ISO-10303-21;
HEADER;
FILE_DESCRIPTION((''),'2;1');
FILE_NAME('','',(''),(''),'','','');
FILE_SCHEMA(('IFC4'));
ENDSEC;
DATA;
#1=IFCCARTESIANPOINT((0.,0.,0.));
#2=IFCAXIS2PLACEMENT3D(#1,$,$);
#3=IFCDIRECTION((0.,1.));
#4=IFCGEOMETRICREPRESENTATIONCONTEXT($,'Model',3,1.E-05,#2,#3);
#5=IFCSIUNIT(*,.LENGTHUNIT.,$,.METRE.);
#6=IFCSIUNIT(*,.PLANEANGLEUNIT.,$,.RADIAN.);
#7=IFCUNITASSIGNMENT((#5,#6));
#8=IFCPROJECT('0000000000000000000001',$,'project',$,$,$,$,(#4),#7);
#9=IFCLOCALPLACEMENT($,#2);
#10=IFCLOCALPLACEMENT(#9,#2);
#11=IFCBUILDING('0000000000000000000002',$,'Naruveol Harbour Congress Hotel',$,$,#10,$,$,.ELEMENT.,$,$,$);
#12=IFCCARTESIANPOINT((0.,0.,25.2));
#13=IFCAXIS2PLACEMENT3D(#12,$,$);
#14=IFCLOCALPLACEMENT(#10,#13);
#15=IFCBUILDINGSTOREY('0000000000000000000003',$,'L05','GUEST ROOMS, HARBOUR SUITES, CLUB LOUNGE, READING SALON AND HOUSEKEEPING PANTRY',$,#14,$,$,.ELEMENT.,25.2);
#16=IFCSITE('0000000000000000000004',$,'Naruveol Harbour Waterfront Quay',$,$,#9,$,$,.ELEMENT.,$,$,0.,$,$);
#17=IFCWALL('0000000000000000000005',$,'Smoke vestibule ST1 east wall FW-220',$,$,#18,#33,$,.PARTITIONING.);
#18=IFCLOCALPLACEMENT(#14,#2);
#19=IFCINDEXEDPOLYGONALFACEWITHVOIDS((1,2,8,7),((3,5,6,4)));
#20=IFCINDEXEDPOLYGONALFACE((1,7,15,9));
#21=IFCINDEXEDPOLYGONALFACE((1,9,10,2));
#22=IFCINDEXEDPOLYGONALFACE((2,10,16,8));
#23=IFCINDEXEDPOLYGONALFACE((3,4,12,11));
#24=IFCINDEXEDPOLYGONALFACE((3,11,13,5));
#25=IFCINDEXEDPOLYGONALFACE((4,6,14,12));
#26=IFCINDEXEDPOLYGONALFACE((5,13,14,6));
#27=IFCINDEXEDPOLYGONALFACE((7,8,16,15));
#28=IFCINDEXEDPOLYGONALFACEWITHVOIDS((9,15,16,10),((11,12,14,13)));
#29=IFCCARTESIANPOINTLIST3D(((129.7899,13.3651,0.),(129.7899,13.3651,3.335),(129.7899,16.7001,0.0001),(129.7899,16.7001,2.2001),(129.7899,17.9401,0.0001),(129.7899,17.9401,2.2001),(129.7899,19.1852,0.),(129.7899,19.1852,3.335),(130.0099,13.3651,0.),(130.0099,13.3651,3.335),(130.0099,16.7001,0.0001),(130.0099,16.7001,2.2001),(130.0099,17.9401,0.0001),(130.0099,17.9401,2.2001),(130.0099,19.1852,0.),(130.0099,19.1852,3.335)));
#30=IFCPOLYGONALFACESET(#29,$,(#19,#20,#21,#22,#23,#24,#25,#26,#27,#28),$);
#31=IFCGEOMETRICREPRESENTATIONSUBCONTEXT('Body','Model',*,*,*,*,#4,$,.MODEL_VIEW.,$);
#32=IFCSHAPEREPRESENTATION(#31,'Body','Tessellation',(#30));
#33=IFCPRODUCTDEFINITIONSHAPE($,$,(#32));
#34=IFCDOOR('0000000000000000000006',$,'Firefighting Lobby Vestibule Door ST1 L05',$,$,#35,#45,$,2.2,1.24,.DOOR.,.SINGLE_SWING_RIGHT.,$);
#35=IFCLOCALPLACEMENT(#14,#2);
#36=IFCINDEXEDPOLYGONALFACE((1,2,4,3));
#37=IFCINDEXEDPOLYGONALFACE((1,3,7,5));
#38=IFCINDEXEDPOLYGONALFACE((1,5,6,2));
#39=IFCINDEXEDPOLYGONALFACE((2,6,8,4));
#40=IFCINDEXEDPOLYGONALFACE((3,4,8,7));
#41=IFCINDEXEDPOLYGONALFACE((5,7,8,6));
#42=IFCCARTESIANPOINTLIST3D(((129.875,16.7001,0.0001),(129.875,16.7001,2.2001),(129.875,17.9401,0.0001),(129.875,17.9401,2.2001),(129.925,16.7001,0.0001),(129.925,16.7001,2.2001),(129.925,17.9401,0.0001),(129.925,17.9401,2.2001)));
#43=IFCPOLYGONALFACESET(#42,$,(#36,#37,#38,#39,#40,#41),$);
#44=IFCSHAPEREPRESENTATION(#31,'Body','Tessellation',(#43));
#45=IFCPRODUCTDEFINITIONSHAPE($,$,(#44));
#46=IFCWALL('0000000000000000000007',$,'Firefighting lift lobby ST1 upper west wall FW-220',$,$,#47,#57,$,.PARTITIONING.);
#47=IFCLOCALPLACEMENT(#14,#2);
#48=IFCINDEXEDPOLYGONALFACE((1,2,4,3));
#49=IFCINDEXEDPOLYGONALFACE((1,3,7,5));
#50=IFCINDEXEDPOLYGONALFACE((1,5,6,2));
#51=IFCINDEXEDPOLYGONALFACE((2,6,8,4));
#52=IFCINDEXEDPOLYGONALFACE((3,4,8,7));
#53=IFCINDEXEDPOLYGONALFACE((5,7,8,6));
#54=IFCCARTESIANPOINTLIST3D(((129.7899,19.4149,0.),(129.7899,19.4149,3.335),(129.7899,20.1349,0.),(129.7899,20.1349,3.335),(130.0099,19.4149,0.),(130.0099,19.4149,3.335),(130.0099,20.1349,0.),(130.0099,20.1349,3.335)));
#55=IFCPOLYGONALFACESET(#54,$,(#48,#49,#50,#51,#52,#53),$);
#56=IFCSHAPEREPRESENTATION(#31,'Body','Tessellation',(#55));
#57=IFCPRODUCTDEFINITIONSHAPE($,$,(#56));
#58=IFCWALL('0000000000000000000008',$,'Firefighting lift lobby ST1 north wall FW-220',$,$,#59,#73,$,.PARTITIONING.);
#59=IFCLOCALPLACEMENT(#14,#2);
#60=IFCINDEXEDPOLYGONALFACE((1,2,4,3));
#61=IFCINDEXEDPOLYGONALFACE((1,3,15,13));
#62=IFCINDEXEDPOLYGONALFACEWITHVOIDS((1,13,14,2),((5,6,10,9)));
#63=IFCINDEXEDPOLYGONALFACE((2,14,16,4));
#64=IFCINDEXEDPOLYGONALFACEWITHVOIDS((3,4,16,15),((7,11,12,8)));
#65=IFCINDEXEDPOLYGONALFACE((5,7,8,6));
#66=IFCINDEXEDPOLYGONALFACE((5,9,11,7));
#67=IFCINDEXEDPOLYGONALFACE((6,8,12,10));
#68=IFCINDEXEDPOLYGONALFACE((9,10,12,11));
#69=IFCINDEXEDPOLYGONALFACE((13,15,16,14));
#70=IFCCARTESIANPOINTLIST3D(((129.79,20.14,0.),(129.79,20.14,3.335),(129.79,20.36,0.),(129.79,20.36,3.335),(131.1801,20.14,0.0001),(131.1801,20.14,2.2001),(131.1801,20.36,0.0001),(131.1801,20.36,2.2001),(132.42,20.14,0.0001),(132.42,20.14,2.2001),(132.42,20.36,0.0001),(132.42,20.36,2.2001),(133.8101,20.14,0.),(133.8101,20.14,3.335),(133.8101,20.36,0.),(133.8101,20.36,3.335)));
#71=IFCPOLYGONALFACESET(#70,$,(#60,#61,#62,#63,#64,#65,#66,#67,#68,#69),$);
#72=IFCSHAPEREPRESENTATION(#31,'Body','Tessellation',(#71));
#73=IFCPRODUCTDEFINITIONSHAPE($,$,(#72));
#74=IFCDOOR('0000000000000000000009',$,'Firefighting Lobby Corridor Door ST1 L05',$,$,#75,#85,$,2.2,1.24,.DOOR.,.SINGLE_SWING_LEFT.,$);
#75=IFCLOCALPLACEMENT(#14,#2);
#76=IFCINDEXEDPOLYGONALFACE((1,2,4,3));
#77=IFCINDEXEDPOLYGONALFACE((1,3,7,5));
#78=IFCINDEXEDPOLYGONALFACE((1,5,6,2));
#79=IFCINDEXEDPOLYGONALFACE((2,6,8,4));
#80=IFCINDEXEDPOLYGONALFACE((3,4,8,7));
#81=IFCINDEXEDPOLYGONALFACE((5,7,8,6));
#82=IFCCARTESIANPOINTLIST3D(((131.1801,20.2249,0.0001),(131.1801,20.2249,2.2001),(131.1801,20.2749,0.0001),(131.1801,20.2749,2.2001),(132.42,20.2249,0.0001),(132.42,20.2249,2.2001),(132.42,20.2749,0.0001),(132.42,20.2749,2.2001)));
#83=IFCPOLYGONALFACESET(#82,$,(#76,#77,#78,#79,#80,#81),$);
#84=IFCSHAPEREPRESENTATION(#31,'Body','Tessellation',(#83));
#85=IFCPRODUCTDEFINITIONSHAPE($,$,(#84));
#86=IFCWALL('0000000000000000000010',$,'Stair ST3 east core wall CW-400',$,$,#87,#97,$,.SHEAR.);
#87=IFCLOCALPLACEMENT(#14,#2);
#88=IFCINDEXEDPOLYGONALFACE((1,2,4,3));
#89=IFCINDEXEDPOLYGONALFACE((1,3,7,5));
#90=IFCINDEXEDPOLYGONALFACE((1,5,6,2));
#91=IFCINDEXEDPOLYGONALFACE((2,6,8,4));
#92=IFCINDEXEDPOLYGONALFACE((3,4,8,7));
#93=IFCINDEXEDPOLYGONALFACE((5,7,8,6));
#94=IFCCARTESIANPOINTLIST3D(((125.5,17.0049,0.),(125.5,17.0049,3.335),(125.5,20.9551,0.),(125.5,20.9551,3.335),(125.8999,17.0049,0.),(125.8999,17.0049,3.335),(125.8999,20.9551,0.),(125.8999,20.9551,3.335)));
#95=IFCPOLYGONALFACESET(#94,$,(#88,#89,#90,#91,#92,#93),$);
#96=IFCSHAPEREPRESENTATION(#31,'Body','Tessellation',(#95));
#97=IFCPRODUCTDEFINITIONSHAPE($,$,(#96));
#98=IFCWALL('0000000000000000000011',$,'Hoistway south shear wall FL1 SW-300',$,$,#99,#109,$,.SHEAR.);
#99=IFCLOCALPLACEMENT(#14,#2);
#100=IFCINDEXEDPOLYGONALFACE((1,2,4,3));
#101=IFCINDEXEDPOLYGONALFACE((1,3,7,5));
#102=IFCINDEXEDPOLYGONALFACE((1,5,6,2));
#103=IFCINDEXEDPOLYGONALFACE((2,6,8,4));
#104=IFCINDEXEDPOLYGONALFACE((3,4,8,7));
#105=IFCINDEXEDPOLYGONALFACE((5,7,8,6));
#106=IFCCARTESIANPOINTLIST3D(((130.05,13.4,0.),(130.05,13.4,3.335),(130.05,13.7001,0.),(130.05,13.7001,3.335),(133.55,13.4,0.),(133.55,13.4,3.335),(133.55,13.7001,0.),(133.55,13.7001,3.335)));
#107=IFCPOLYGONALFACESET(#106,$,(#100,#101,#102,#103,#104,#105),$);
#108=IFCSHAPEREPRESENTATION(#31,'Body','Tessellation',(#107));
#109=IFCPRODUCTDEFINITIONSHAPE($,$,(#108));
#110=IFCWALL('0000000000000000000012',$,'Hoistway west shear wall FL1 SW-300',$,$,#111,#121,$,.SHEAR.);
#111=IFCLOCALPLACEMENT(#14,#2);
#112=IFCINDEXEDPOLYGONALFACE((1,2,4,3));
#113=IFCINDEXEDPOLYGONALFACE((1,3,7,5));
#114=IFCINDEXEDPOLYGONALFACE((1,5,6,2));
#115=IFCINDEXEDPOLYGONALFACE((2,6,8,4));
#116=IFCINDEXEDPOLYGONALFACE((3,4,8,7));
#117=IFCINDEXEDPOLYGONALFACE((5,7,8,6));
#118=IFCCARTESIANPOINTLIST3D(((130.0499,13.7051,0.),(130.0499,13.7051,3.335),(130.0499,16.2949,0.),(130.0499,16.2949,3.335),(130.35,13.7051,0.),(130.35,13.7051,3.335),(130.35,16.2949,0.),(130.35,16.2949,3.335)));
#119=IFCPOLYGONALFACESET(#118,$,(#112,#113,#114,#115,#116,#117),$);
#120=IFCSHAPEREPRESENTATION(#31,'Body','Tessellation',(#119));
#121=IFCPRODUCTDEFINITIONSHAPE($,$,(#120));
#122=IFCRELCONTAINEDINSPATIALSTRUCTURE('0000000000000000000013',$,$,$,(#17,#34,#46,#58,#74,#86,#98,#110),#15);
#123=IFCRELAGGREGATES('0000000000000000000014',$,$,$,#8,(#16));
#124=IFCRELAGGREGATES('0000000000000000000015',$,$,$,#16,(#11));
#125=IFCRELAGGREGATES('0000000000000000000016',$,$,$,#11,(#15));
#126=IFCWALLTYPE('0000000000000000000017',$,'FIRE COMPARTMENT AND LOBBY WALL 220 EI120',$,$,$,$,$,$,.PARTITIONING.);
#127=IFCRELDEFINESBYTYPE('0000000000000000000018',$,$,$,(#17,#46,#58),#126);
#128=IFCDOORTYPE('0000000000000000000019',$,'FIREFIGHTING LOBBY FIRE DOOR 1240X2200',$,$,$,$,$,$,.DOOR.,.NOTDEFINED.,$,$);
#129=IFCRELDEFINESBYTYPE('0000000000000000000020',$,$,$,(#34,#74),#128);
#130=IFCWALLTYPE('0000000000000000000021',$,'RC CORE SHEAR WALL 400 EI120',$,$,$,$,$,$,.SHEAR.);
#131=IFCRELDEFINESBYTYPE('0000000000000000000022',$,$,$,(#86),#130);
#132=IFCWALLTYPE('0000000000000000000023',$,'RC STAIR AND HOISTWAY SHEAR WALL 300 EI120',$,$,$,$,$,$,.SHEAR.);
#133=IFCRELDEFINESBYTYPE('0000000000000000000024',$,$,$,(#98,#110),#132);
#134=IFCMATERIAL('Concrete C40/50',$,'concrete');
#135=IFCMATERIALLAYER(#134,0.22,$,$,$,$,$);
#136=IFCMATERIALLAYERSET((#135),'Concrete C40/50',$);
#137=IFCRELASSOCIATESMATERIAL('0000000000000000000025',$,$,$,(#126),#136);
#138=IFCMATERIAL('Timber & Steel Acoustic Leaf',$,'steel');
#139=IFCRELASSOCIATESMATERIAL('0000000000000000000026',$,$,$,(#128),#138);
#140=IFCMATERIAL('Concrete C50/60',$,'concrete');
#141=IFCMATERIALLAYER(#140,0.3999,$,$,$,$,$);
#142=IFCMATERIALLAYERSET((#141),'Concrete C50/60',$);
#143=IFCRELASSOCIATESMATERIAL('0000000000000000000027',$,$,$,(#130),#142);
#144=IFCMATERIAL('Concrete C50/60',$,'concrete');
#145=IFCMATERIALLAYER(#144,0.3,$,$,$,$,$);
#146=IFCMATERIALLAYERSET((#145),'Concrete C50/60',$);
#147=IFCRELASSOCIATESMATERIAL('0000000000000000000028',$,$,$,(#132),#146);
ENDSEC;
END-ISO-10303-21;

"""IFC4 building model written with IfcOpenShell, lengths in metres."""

from ifc_helpers import new_model, si_unit, direction, frame, frame_2d, origin, place, context, subcontext, project, spatial, rectangle, extrude, material, layer, layer_set, type_object, element, fill, save


model = new_model("IFC4")

# Units and contexts
model_context = context("Model", 3, precision=1e-05, world=origin(), true_north=direction((0.0, 1.0)))
body_context = subcontext(model_context, "Body", "Model", "MODEL_VIEW")
ifc_project = project(units=[si_unit("LENGTHUNIT", "METRE"), si_unit("PLANEANGLEUNIT", "RADIAN")], contexts=[model_context])

# Site, building, storey
site_placement = place(None, origin())
site = spatial("IfcSite", under=ifc_project, at=site_placement, Name="Naruveol Harbour Waterfront Quay", CompositionType="ELEMENT", RefElevation=0.0)
building_placement = place(site_placement, origin())
building = spatial("IfcBuilding", under=site, at=building_placement, Name="Naruveol Harbour Congress Hotel", CompositionType="ELEMENT")
storey_placement = place(building_placement, frame((0.0, 0.0, 25.2)))
storey = spatial("IfcBuildingStorey", under=building, at=storey_placement, Name="L05", Description="GUEST ROOMS, HARBOUR SUITES, CLUB LOUNGE, READING SALON AND HOUSEKEEPING PANTRY", CompositionType="ELEMENT", Elevation=25.2)

# Wall, opening, door
ifc_material_1 = material(Name="Concrete C40/50", Category="concrete")
ifc_layer_1 = layer(ifc_material_1, 0.22)
ifc_layer_set_1 = layer_set([ifc_layer_1], Name="Concrete C40/50")
wall_type_1 = type_object("IfcWallType", Name="FIRE COMPARTMENT AND LOBBY WALL 220 EI120", PredefinedType="PARTITIONING", material=ifc_layer_set_1)
wall_1_placement = place(storey_placement, frame((129.8999, 13.365, 0.0), z_axis=(0.0, 0.0, 1.0), x_axis=(0.0, 1.0, 0.0)))
wall_1 = element("IfcWall", 1, at=wall_1_placement, inside=storey, type_object=wall_type_1, Name="Smoke vestibule ST1 east wall FW-220", PredefinedType="PARTITIONING", context=body_context, shape_type="SweptSolid", body=[
    extrude(rectangle(XDim=5.8201, YDim=0.22, at=frame_2d((2.9102, 0.0))), origin(), (0.0, 0.0, 1.0), 3.335),
])
opening_1_placement = place(wall_1_placement, frame((3.335, 0.0, 0.0)))
opening_1 = element("IfcOpeningElement", 2, at=opening_1_placement, cuts=wall_1, PredefinedType="OPENING", context=body_context, shape_type="SweptSolid", body=[
    extrude(rectangle(XDim=1.24, YDim=2.2, at=frame_2d((0.6201, 1.1001))), frame((0.0, 0.1199, 0.0), z_axis=(0.0, -1.0, 0.0), x_axis=(1.0, 0.0, 0.0)), (0.0, 0.0, 1.0), 0.24),
])
ifc_material_2 = material(Name="Timber & Steel Acoustic Leaf", Category="steel")
door_type_1 = type_object("IfcDoorType", Name="FIREFIGHTING LOBBY FIRE DOOR 1240X2200", OperationType="NOTDEFINED", PredefinedType="DOOR", material=ifc_material_2)
door_1_placement = place(opening_1_placement, origin())
door_1 = element("IfcDoor", 3, at=door_1_placement, inside=storey, type_object=door_type_1, Name="Firefighting Lobby Vestibule Door ST1 L05", OperationType="SINGLE_SWING_RIGHT", OverallHeight=2.2, OverallWidth=1.24, PredefinedType="DOOR", context=body_context, shape_type="SweptSolid", body=[
    extrude(rectangle(XDim=1.24, YDim=2.2, at=frame_2d((0.6201, 1.1001))), frame((0.0, 0.0249, 0.0), z_axis=(0.0, -1.0, 0.0), x_axis=(1.0, 0.0, 0.0)), (0.0, 0.0, 1.0), 0.05),
])
fill(opening_1, door_1)

# Wall
wall_2_placement = place(storey_placement, frame((129.8999, 19.415, 0.0), z_axis=(0.0, 0.0, 1.0), x_axis=(0.0, 1.0, 0.0)))
element("IfcWall", 4, at=wall_2_placement, inside=storey, type_object=wall_type_1, Name="Firefighting lift lobby ST1 upper west wall FW-220", PredefinedType="PARTITIONING", context=body_context, shape_type="SweptSolid", body=[
    extrude(rectangle(XDim=0.72, YDim=0.22, at=frame_2d((0.3599, 0.0))), origin(), (0.0, 0.0, 1.0), 3.335),
])

# Wall, opening, door
wall_3_placement = place(storey_placement, frame((129.79, 20.25, 0.0), z_axis=(0.0, 0.0, 1.0), x_axis=(1.0, 0.0, 0.0)))
wall_3 = element("IfcWall", 5, at=wall_3_placement, inside=storey, type_object=wall_type_1, Name="Firefighting lift lobby ST1 north wall FW-220", PredefinedType="PARTITIONING", context=body_context, shape_type="SweptSolid", body=[
    extrude(rectangle(XDim=4.02, YDim=0.22, at=frame_2d((2.01, 0.0))), origin(), (0.0, 0.0, 1.0), 3.335),
])
opening_2_placement = place(wall_3_placement, frame((1.3899, 0.0, 0.0)))
opening_2 = element("IfcOpeningElement", 6, at=opening_2_placement, cuts=wall_3, PredefinedType="OPENING", context=body_context, shape_type="SweptSolid", body=[
    extrude(rectangle(XDim=1.24, YDim=2.2, at=frame_2d((0.6201, 1.1001))), frame((0.0, 0.1199, 0.0), z_axis=(0.0, -1.0, 0.0), x_axis=(1.0, 0.0, 0.0)), (0.0, 0.0, 1.0), 0.24),
])
door_2_placement = place(opening_2_placement, origin())
door_2 = element("IfcDoor", 7, at=door_2_placement, inside=storey, type_object=door_type_1, Name="Firefighting Lobby Corridor Door ST1 L05", OperationType="SINGLE_SWING_LEFT", OverallHeight=2.2, OverallWidth=1.24, PredefinedType="DOOR", context=body_context, shape_type="SweptSolid", body=[
    extrude(rectangle(XDim=1.24, YDim=2.2, at=frame_2d((0.6201, 1.1001))), frame((0.0, 0.0249, 0.0), z_axis=(0.0, -1.0, 0.0), x_axis=(1.0, 0.0, 0.0)), (0.0, 0.0, 1.0), 0.05),
])
fill(opening_2, door_2)

# Walls
ifc_material_3 = material(Name="Concrete C50/60", Category="concrete")
ifc_layer_2 = layer(ifc_material_3, 0.3999)
ifc_layer_set_2 = layer_set([ifc_layer_2], Name="Concrete C50/60")
wall_type_2 = type_object("IfcWallType", Name="RC CORE SHEAR WALL 400 EI120", PredefinedType="SHEAR", material=ifc_layer_set_2)
wall_4_placement = place(storey_placement, frame((125.7, 17.0049, 0.0), z_axis=(0.0, 0.0, 1.0), x_axis=(0.0, 1.0, 0.0)))
element("IfcWall", 8, at=wall_4_placement, inside=storey, type_object=wall_type_2, Name="Stair ST3 east core wall CW-400", PredefinedType="SHEAR", context=body_context, shape_type="SweptSolid", body=[
    extrude(rectangle(XDim=3.9502, YDim=0.3999, at=frame_2d((1.9751, 0.0))), origin(), (0.0, 0.0, 1.0), 3.335),
])
ifc_material_4 = material(Name="Concrete C50/60", Category="concrete")
ifc_layer_3 = layer(ifc_material_4, 0.3)
ifc_layer_set_3 = layer_set([ifc_layer_3], Name="Concrete C50/60")
wall_type_3 = type_object("IfcWallType", Name="RC STAIR AND HOISTWAY SHEAR WALL 300 EI120", PredefinedType="SHEAR", material=ifc_layer_set_3)
wall_5_placement = place(storey_placement, frame((130.05, 13.55, 0.0), z_axis=(0.0, 0.0, 1.0), x_axis=(1.0, 0.0, 0.0)))
element("IfcWall", 9, at=wall_5_placement, inside=storey, type_object=wall_type_3, Name="Hoistway south shear wall FL1 SW-300", PredefinedType="SHEAR", context=body_context, shape_type="SweptSolid", body=[
    extrude(rectangle(XDim=3.5, YDim=0.3, at=frame_2d((1.75, 0.0))), origin(), (0.0, 0.0, 1.0), 3.335),
])
wall_6_placement = place(storey_placement, frame((130.2, 16.2949, 0.0), z_axis=(0.0, 0.0, 1.0), x_axis=(0.0, -1.0, 0.0)))
element("IfcWall", 10, at=wall_6_placement, inside=storey, type_object=wall_type_3, Name="Hoistway west shear wall FL1 SW-300", PredefinedType="SHEAR", context=body_context, shape_type="SweptSolid", body=[
    extrude(rectangle(XDim=2.5898, YDim=0.3, at=frame_2d((1.2949, 0.0))), origin(), (0.0, 0.0, 1.0), 3.335),
])

save(model, "model.ifc")
